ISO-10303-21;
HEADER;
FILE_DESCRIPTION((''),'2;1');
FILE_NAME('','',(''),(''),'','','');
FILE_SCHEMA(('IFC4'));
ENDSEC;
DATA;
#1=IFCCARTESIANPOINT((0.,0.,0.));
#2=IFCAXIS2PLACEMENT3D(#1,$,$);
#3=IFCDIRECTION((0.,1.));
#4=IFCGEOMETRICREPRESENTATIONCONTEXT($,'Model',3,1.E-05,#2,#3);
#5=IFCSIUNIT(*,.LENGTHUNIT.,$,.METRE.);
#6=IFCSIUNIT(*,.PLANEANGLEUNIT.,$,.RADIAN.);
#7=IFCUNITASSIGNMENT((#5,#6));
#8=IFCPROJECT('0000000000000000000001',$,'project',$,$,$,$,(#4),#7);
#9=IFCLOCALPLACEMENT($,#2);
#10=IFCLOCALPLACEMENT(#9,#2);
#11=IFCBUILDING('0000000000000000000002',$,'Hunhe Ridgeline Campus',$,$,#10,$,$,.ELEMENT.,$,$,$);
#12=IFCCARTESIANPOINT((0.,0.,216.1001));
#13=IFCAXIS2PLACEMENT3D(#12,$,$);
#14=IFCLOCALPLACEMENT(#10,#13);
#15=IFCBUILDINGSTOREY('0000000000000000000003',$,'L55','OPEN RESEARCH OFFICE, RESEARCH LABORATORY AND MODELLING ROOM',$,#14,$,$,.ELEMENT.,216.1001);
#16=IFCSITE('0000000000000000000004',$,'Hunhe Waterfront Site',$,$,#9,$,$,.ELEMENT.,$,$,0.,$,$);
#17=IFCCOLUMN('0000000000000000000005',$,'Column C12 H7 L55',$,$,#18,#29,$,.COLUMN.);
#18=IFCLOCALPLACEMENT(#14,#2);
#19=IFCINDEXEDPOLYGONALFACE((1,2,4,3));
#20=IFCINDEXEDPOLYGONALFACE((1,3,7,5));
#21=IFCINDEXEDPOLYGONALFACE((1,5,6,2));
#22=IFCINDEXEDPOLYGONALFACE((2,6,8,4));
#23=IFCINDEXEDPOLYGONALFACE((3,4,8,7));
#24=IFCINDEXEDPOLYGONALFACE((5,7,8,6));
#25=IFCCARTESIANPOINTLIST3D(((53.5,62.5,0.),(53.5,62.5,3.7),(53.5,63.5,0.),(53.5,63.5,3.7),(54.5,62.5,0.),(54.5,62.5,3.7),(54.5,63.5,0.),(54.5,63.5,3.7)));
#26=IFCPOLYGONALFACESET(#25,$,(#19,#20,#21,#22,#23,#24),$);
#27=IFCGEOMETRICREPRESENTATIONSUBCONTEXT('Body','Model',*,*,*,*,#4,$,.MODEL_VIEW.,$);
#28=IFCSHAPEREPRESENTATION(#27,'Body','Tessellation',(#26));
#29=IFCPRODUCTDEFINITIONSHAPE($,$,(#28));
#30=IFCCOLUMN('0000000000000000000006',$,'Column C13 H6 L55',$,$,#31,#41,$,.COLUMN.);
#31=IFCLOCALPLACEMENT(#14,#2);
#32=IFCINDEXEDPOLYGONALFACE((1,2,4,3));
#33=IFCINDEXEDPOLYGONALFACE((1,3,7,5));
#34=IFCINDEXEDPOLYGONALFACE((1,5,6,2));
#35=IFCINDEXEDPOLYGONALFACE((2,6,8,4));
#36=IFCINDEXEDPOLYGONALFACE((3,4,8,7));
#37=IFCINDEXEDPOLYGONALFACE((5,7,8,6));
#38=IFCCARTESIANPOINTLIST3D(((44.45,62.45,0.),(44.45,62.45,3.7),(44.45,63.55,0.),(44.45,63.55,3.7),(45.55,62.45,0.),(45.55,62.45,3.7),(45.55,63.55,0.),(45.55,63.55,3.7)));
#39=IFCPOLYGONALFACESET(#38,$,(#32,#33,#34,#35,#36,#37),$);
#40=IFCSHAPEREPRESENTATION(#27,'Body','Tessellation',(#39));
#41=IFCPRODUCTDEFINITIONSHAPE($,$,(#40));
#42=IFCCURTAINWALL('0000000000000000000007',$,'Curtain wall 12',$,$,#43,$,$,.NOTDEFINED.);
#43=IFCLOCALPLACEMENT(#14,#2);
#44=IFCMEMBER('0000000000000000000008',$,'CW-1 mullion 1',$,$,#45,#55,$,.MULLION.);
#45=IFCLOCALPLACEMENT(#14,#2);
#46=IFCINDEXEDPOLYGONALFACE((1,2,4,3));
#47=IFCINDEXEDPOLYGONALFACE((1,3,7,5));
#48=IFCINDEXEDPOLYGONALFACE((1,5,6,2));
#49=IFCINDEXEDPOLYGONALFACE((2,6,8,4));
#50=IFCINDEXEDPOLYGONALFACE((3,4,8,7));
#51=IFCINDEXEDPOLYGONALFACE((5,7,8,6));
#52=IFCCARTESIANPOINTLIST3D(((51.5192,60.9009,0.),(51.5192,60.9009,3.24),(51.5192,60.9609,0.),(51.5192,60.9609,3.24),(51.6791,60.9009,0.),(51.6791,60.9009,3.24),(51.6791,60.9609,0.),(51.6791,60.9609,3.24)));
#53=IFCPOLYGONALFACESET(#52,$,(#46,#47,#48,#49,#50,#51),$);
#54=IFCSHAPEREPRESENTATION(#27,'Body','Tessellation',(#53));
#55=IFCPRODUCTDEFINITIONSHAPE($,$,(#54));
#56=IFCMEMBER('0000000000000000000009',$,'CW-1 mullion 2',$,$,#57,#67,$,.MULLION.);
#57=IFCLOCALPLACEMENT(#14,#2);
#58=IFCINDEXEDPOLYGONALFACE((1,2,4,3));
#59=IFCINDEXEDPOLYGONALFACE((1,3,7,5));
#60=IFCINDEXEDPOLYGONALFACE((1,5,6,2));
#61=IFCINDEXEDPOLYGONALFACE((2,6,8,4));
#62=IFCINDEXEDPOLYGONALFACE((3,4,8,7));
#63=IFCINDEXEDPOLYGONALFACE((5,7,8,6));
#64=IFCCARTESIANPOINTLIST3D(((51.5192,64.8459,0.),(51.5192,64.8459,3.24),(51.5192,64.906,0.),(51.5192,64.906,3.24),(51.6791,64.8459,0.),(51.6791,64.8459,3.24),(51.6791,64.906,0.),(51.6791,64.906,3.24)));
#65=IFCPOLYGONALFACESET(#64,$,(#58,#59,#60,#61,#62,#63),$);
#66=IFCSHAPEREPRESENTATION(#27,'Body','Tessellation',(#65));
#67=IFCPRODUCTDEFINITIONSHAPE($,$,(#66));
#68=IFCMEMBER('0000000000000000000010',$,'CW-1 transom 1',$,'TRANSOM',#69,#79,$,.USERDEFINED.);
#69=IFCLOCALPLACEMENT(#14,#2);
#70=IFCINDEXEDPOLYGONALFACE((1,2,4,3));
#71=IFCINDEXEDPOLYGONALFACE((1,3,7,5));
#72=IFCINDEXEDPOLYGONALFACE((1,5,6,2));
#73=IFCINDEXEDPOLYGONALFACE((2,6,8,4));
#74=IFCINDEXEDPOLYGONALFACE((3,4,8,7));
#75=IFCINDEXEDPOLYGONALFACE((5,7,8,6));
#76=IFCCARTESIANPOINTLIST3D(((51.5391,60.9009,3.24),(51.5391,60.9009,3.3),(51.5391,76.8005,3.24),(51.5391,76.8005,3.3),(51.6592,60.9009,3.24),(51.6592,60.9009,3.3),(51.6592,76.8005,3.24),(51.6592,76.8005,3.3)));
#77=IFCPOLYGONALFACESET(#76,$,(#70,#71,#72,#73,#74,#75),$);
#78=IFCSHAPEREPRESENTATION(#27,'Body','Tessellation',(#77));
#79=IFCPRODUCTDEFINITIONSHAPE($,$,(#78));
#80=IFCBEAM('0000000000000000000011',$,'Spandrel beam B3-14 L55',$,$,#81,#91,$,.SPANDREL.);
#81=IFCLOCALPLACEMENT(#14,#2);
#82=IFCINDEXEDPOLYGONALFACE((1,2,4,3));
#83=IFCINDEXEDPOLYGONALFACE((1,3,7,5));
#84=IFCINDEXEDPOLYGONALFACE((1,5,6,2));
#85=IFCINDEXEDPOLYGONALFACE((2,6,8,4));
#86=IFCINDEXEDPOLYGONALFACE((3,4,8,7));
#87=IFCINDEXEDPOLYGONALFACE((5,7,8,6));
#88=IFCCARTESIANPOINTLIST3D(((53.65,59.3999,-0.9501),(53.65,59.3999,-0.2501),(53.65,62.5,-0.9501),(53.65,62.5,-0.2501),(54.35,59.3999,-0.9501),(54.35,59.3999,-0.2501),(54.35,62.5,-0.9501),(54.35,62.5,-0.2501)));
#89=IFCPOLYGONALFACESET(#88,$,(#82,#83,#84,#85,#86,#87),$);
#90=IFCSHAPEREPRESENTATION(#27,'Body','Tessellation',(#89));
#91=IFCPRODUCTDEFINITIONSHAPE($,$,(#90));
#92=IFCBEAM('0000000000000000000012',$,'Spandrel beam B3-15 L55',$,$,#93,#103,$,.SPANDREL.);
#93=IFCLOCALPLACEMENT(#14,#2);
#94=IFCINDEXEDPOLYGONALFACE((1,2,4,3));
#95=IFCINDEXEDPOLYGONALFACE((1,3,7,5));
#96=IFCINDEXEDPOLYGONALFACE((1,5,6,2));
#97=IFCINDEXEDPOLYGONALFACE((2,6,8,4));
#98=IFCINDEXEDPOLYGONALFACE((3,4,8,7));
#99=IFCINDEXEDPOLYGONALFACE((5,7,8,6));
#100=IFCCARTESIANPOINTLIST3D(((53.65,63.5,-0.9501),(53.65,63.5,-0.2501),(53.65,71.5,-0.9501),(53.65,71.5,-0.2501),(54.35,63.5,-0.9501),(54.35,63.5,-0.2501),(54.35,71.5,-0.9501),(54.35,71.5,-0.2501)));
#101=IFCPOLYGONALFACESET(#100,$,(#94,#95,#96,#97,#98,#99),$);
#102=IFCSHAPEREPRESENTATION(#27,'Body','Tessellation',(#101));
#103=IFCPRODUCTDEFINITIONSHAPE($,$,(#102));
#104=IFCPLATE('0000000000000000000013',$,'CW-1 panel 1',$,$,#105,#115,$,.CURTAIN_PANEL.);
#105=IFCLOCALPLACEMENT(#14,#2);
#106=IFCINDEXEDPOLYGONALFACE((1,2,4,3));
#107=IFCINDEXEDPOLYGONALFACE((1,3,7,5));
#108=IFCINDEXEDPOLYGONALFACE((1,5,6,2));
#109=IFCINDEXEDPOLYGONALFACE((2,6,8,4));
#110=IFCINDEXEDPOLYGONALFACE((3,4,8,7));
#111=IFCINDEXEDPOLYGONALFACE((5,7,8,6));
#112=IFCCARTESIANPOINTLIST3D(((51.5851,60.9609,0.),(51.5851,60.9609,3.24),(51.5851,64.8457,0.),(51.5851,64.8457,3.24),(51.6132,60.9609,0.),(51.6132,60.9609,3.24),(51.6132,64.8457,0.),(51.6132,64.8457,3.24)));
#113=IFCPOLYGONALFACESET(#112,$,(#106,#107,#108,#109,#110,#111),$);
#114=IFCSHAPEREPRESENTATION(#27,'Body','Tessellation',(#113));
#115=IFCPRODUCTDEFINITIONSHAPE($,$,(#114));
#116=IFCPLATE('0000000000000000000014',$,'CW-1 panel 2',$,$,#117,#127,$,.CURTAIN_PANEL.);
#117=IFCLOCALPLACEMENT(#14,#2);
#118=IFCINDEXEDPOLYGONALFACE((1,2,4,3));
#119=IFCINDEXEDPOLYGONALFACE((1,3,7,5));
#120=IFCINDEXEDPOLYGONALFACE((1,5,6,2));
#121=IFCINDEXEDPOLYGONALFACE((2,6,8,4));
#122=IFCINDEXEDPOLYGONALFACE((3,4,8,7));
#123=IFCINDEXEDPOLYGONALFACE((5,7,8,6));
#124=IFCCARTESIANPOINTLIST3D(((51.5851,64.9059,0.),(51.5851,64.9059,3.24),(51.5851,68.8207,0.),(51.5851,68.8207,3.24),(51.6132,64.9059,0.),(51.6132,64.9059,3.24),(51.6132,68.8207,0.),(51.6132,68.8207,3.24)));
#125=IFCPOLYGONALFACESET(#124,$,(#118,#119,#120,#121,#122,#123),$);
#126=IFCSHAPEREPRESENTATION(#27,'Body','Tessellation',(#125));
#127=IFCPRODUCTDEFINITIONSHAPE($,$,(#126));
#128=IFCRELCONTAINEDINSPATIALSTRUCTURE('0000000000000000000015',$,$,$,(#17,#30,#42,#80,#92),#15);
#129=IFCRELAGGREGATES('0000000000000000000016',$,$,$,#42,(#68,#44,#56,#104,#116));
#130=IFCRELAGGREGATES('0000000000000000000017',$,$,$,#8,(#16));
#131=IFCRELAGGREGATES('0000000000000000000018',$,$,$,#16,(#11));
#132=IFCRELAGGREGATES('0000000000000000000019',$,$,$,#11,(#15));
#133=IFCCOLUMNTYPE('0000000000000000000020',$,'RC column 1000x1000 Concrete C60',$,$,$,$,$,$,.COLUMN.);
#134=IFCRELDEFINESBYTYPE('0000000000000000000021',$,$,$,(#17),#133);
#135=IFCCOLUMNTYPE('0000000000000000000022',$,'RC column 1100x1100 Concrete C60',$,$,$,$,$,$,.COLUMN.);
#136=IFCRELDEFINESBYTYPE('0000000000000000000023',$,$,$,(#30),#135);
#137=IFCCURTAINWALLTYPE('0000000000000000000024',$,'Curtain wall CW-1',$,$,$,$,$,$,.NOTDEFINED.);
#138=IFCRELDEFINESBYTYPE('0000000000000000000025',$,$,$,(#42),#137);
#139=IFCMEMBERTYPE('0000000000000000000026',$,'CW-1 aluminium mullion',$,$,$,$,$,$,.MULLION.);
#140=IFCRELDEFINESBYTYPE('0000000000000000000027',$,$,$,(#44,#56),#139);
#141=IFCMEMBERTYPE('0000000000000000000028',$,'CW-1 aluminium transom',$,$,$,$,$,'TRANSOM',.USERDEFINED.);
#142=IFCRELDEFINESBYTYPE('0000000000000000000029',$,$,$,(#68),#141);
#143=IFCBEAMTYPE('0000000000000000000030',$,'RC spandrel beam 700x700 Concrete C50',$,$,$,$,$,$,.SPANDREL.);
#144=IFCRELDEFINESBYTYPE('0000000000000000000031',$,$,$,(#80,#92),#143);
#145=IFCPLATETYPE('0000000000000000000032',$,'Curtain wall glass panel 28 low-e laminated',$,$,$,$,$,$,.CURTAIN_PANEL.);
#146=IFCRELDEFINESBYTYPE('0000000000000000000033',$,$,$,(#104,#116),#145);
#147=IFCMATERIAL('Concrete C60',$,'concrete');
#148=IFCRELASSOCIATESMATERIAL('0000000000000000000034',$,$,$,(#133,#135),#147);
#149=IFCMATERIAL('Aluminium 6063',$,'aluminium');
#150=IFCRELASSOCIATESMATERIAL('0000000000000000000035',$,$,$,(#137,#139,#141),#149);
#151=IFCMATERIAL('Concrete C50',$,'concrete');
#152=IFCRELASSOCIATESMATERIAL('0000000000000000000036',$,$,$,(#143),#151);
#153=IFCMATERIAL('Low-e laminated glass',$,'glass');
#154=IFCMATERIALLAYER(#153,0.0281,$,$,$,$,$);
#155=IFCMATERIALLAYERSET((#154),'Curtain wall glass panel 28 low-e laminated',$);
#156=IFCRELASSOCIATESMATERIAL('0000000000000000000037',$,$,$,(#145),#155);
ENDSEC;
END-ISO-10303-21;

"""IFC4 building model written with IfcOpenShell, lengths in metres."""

from ifc_helpers import new_model, si_unit, direction, frame, origin, origin_2d, place, context, subcontext, project, spatial, rectangle, extrude, material, layer, layer_set, material_profile, profile_set, type_object, element, aggregate, save


model = new_model("IFC4")

# Units and contexts
model_context = context("Model", 3, precision=1e-05, world=origin(), true_north=direction((0.0, 1.0)))
body_context = subcontext(model_context, "Body", "Model", "MODEL_VIEW")
ifc_project = project(units=[si_unit("LENGTHUNIT", "METRE"), si_unit("PLANEANGLEUNIT", "RADIAN")], contexts=[model_context])

# Site, building, storey
site_placement = place(None, origin())
site = spatial("IfcSite", under=ifc_project, at=site_placement, Name="Hunhe Waterfront Site", CompositionType="ELEMENT", RefElevation=0.0)
building_placement = place(site_placement, origin())
building = spatial("IfcBuilding", under=site, at=building_placement, Name="Hunhe Ridgeline Campus", CompositionType="ELEMENT")
storey_placement = place(building_placement, frame((0.0, 0.0, 216.1001)))
storey = spatial("IfcBuildingStorey", under=building, at=storey_placement, Name="L55", Description="OPEN RESEARCH OFFICE, RESEARCH LABORATORY AND MODELLING ROOM", CompositionType="ELEMENT", Elevation=216.1001)

# Columns
ifc_material_1 = material(Name="Concrete C60", Category="concrete")
ifc_material_profile_1 = material_profile(ifc_material_1, rectangle(XDim=1.0, YDim=1.0, at=origin_2d()))
ifc_profile_set_1 = profile_set([ifc_material_profile_1], Name="Concrete C60")
column_type_1 = type_object("IfcColumnType", Name="RC column 1000x1000 Concrete C60", PredefinedType="COLUMN", material=ifc_profile_set_1)
column_1_placement = place(storey_placement, frame((54.0, 63.0, 0.0), z_axis=(0.0, 0.0, 1.0), x_axis=(1.0, 0.0, 0.0)))
element("IfcColumn", 1, at=column_1_placement, inside=storey, type_object=column_type_1, Name="Column C12 H7 L55", PredefinedType="COLUMN", context=body_context, shape_type="SweptSolid", body=[
    extrude(rectangle(XDim=1.0, YDim=1.0, at=origin_2d()), origin(), (0.0, 0.0, 1.0), 3.7),
])
ifc_material_profile_2 = material_profile(ifc_material_1, rectangle(XDim=1.1001, YDim=1.1001, at=origin_2d()))
ifc_profile_set_2 = profile_set([ifc_material_profile_2], Name="Concrete C60")
column_type_2 = type_object("IfcColumnType", Name="RC column 1100x1100 Concrete C60", PredefinedType="COLUMN", material=ifc_profile_set_2)
column_2_placement = place(storey_placement, frame((45.0, 63.0, 0.0), z_axis=(0.0, 0.0, 1.0), x_axis=(1.0, 0.0, 0.0)))
element("IfcColumn", 2, at=column_2_placement, inside=storey, type_object=column_type_2, Name="Column C13 H6 L55", PredefinedType="COLUMN", context=body_context, shape_type="SweptSolid", body=[
    extrude(rectangle(XDim=1.1001, YDim=1.1001, at=origin_2d()), origin(), (0.0, 0.0, 1.0), 3.7),
])

# Curtain wall, members
ifc_material_2 = material(Name="Aluminium 6063", Category="aluminium")
curtain_wall_type = type_object("IfcCurtainWallType", Name="Curtain wall CW-1", PredefinedType="NOTDEFINED", material=ifc_material_2)
curtain_wall_placement = place(storey_placement, origin())
curtain_wall = element("IfcCurtainWall", 3, at=curtain_wall_placement, inside=storey, type_object=curtain_wall_type, Name="Curtain wall 12", PredefinedType="NOTDEFINED")
ifc_material_profile_3 = material_profile(ifc_material_2, rectangle(XDim=0.1599, YDim=0.0601, at=origin_2d()))
ifc_profile_set_3 = profile_set([ifc_material_profile_3], Name="Aluminium 6063")
member_type_1 = type_object("IfcMemberType", Name="CW-1 aluminium mullion", PredefinedType="MULLION", material=ifc_profile_set_3)
member_1_placement = place(storey_placement, frame((51.5991, 60.9309, 0.0), z_axis=(0.0, 0.0, 1.0), x_axis=(-1.0, 0.0, 0.0)))
member_1 = element("IfcMember", 4, at=member_1_placement, type_object=member_type_1, Name="CW-1 mullion 1", PredefinedType="MULLION", context=body_context, shape_type="SweptSolid", body=[
    extrude(rectangle(XDim=0.1599, YDim=0.0601, at=origin_2d()), origin(), (0.0, 0.0, 1.0), 3.24),
])
member_2_placement = place(storey_placement, frame((51.5991, 64.876, 0.0), z_axis=(0.0, 0.0, 1.0), x_axis=(-1.0, 0.0, 0.0)))
member_2 = element("IfcMember", 5, at=member_2_placement, type_object=member_type_1, Name="CW-1 mullion 2", PredefinedType="MULLION", context=body_context, shape_type="SweptSolid", body=[
    extrude(rectangle(XDim=0.1599, YDim=0.0601, at=origin_2d()), origin(), (0.0, 0.0, 1.0), 3.24),
])
ifc_material_profile_4 = material_profile(ifc_material_2, rectangle(XDim=0.1201, YDim=0.0601, at=origin_2d()))
ifc_profile_set_4 = profile_set([ifc_material_profile_4], Name="Aluminium 6063")
member_type_2 = type_object("IfcMemberType", Name="CW-1 aluminium transom", ElementType="TRANSOM", PredefinedType="USERDEFINED", material=ifc_profile_set_4)
member_3_placement = place(storey_placement, frame((51.5991, 60.9009, 3.27), z_axis=(0.0, 1.0, 0.0), x_axis=(-1.0, 0.0, 0.0)))
member_3 = element("IfcMember", 6, at=member_3_placement, type_object=member_type_2, Name="CW-1 transom 1", ObjectType="TRANSOM", PredefinedType="USERDEFINED", context=body_context, shape_type="SweptSolid", body=[
    extrude(rectangle(XDim=0.1201, YDim=0.0601, at=origin_2d()), origin(), (0.0, 0.0, 1.0), 15.8997),
])

# Beams
ifc_material_3 = material(Name="Concrete C50", Category="concrete")
ifc_material_profile_5 = material_profile(ifc_material_3, rectangle(XDim=0.7, YDim=0.7, at=origin_2d()))
ifc_profile_set_5 = profile_set([ifc_material_profile_5], Name="Concrete C50")
beam_type = type_object("IfcBeamType", Name="RC spandrel beam 700x700 Concrete C50", PredefinedType="SPANDREL", material=ifc_profile_set_5)
beam_1_placement = place(storey_placement, frame((54.0, 59.3999, -0.6001), z_axis=(0.0, 1.0, 0.0), x_axis=(-1.0, 0.0, 0.0)))
element("IfcBeam", 7, at=beam_1_placement, inside=storey, type_object=beam_type, Name="Spandrel beam B3-14 L55", PredefinedType="SPANDREL", context=body_context, shape_type="SweptSolid", body=[
    extrude(rectangle(XDim=0.7, YDim=0.7, at=origin_2d()), origin(), (0.0, 0.0, 1.0), 3.1001),
])
beam_2_placement = place(storey_placement, frame((54.0, 63.5, -0.6001), z_axis=(0.0, 1.0, 0.0), x_axis=(-1.0, 0.0, 0.0)))
element("IfcBeam", 8, at=beam_2_placement, inside=storey, type_object=beam_type, Name="Spandrel beam B3-15 L55", PredefinedType="SPANDREL", context=body_context, shape_type="SweptSolid", body=[
    extrude(rectangle(XDim=0.7, YDim=0.7, at=origin_2d()), origin(), (0.0, 0.0, 1.0), 8.0),
])

# Plates
ifc_material_4 = material(Name="Low-e laminated glass", Category="glass")
ifc_layer_1 = layer(ifc_material_4, 0.0281)
ifc_layer_set_1 = layer_set([ifc_layer_1], Name="Curtain wall glass panel 28 low-e laminated")
plate_type = type_object("IfcPlateType", Name="Curtain wall glass panel 28 low-e laminated", PredefinedType="CURTAIN_PANEL", material=ifc_layer_set_1)
plate_1_placement = place(storey_placement, frame((51.5991, 62.9033, 0.0), z_axis=(0.0, 0.0, 1.0), x_axis=(0.0, 1.0, 0.0)))
plate_1 = element("IfcPlate", 9, at=plate_1_placement, type_object=plate_type, Name="CW-1 panel 1", PredefinedType="CURTAIN_PANEL", context=body_context, shape_type="SweptSolid", body=[
    extrude(rectangle(XDim=3.8848, YDim=0.0281, at=origin_2d()), origin(), (0.0, 0.0, 1.0), 3.24),
])
plate_2_placement = place(storey_placement, frame((51.5991, 66.8633, 0.0), z_axis=(0.0, 0.0, 1.0), x_axis=(0.0, 1.0, 0.0)))
plate_2 = element("IfcPlate", 10, at=plate_2_placement, type_object=plate_type, Name="CW-1 panel 2", PredefinedType="CURTAIN_PANEL", context=body_context, shape_type="SweptSolid", body=[
    extrude(rectangle(XDim=3.9148, YDim=0.0281, at=origin_2d()), origin(), (0.0, 0.0, 1.0), 3.24),
])
aggregate(curtain_wall, [member_3, member_1, member_2, plate_1, plate_2])

save(model, "model.ifc")
